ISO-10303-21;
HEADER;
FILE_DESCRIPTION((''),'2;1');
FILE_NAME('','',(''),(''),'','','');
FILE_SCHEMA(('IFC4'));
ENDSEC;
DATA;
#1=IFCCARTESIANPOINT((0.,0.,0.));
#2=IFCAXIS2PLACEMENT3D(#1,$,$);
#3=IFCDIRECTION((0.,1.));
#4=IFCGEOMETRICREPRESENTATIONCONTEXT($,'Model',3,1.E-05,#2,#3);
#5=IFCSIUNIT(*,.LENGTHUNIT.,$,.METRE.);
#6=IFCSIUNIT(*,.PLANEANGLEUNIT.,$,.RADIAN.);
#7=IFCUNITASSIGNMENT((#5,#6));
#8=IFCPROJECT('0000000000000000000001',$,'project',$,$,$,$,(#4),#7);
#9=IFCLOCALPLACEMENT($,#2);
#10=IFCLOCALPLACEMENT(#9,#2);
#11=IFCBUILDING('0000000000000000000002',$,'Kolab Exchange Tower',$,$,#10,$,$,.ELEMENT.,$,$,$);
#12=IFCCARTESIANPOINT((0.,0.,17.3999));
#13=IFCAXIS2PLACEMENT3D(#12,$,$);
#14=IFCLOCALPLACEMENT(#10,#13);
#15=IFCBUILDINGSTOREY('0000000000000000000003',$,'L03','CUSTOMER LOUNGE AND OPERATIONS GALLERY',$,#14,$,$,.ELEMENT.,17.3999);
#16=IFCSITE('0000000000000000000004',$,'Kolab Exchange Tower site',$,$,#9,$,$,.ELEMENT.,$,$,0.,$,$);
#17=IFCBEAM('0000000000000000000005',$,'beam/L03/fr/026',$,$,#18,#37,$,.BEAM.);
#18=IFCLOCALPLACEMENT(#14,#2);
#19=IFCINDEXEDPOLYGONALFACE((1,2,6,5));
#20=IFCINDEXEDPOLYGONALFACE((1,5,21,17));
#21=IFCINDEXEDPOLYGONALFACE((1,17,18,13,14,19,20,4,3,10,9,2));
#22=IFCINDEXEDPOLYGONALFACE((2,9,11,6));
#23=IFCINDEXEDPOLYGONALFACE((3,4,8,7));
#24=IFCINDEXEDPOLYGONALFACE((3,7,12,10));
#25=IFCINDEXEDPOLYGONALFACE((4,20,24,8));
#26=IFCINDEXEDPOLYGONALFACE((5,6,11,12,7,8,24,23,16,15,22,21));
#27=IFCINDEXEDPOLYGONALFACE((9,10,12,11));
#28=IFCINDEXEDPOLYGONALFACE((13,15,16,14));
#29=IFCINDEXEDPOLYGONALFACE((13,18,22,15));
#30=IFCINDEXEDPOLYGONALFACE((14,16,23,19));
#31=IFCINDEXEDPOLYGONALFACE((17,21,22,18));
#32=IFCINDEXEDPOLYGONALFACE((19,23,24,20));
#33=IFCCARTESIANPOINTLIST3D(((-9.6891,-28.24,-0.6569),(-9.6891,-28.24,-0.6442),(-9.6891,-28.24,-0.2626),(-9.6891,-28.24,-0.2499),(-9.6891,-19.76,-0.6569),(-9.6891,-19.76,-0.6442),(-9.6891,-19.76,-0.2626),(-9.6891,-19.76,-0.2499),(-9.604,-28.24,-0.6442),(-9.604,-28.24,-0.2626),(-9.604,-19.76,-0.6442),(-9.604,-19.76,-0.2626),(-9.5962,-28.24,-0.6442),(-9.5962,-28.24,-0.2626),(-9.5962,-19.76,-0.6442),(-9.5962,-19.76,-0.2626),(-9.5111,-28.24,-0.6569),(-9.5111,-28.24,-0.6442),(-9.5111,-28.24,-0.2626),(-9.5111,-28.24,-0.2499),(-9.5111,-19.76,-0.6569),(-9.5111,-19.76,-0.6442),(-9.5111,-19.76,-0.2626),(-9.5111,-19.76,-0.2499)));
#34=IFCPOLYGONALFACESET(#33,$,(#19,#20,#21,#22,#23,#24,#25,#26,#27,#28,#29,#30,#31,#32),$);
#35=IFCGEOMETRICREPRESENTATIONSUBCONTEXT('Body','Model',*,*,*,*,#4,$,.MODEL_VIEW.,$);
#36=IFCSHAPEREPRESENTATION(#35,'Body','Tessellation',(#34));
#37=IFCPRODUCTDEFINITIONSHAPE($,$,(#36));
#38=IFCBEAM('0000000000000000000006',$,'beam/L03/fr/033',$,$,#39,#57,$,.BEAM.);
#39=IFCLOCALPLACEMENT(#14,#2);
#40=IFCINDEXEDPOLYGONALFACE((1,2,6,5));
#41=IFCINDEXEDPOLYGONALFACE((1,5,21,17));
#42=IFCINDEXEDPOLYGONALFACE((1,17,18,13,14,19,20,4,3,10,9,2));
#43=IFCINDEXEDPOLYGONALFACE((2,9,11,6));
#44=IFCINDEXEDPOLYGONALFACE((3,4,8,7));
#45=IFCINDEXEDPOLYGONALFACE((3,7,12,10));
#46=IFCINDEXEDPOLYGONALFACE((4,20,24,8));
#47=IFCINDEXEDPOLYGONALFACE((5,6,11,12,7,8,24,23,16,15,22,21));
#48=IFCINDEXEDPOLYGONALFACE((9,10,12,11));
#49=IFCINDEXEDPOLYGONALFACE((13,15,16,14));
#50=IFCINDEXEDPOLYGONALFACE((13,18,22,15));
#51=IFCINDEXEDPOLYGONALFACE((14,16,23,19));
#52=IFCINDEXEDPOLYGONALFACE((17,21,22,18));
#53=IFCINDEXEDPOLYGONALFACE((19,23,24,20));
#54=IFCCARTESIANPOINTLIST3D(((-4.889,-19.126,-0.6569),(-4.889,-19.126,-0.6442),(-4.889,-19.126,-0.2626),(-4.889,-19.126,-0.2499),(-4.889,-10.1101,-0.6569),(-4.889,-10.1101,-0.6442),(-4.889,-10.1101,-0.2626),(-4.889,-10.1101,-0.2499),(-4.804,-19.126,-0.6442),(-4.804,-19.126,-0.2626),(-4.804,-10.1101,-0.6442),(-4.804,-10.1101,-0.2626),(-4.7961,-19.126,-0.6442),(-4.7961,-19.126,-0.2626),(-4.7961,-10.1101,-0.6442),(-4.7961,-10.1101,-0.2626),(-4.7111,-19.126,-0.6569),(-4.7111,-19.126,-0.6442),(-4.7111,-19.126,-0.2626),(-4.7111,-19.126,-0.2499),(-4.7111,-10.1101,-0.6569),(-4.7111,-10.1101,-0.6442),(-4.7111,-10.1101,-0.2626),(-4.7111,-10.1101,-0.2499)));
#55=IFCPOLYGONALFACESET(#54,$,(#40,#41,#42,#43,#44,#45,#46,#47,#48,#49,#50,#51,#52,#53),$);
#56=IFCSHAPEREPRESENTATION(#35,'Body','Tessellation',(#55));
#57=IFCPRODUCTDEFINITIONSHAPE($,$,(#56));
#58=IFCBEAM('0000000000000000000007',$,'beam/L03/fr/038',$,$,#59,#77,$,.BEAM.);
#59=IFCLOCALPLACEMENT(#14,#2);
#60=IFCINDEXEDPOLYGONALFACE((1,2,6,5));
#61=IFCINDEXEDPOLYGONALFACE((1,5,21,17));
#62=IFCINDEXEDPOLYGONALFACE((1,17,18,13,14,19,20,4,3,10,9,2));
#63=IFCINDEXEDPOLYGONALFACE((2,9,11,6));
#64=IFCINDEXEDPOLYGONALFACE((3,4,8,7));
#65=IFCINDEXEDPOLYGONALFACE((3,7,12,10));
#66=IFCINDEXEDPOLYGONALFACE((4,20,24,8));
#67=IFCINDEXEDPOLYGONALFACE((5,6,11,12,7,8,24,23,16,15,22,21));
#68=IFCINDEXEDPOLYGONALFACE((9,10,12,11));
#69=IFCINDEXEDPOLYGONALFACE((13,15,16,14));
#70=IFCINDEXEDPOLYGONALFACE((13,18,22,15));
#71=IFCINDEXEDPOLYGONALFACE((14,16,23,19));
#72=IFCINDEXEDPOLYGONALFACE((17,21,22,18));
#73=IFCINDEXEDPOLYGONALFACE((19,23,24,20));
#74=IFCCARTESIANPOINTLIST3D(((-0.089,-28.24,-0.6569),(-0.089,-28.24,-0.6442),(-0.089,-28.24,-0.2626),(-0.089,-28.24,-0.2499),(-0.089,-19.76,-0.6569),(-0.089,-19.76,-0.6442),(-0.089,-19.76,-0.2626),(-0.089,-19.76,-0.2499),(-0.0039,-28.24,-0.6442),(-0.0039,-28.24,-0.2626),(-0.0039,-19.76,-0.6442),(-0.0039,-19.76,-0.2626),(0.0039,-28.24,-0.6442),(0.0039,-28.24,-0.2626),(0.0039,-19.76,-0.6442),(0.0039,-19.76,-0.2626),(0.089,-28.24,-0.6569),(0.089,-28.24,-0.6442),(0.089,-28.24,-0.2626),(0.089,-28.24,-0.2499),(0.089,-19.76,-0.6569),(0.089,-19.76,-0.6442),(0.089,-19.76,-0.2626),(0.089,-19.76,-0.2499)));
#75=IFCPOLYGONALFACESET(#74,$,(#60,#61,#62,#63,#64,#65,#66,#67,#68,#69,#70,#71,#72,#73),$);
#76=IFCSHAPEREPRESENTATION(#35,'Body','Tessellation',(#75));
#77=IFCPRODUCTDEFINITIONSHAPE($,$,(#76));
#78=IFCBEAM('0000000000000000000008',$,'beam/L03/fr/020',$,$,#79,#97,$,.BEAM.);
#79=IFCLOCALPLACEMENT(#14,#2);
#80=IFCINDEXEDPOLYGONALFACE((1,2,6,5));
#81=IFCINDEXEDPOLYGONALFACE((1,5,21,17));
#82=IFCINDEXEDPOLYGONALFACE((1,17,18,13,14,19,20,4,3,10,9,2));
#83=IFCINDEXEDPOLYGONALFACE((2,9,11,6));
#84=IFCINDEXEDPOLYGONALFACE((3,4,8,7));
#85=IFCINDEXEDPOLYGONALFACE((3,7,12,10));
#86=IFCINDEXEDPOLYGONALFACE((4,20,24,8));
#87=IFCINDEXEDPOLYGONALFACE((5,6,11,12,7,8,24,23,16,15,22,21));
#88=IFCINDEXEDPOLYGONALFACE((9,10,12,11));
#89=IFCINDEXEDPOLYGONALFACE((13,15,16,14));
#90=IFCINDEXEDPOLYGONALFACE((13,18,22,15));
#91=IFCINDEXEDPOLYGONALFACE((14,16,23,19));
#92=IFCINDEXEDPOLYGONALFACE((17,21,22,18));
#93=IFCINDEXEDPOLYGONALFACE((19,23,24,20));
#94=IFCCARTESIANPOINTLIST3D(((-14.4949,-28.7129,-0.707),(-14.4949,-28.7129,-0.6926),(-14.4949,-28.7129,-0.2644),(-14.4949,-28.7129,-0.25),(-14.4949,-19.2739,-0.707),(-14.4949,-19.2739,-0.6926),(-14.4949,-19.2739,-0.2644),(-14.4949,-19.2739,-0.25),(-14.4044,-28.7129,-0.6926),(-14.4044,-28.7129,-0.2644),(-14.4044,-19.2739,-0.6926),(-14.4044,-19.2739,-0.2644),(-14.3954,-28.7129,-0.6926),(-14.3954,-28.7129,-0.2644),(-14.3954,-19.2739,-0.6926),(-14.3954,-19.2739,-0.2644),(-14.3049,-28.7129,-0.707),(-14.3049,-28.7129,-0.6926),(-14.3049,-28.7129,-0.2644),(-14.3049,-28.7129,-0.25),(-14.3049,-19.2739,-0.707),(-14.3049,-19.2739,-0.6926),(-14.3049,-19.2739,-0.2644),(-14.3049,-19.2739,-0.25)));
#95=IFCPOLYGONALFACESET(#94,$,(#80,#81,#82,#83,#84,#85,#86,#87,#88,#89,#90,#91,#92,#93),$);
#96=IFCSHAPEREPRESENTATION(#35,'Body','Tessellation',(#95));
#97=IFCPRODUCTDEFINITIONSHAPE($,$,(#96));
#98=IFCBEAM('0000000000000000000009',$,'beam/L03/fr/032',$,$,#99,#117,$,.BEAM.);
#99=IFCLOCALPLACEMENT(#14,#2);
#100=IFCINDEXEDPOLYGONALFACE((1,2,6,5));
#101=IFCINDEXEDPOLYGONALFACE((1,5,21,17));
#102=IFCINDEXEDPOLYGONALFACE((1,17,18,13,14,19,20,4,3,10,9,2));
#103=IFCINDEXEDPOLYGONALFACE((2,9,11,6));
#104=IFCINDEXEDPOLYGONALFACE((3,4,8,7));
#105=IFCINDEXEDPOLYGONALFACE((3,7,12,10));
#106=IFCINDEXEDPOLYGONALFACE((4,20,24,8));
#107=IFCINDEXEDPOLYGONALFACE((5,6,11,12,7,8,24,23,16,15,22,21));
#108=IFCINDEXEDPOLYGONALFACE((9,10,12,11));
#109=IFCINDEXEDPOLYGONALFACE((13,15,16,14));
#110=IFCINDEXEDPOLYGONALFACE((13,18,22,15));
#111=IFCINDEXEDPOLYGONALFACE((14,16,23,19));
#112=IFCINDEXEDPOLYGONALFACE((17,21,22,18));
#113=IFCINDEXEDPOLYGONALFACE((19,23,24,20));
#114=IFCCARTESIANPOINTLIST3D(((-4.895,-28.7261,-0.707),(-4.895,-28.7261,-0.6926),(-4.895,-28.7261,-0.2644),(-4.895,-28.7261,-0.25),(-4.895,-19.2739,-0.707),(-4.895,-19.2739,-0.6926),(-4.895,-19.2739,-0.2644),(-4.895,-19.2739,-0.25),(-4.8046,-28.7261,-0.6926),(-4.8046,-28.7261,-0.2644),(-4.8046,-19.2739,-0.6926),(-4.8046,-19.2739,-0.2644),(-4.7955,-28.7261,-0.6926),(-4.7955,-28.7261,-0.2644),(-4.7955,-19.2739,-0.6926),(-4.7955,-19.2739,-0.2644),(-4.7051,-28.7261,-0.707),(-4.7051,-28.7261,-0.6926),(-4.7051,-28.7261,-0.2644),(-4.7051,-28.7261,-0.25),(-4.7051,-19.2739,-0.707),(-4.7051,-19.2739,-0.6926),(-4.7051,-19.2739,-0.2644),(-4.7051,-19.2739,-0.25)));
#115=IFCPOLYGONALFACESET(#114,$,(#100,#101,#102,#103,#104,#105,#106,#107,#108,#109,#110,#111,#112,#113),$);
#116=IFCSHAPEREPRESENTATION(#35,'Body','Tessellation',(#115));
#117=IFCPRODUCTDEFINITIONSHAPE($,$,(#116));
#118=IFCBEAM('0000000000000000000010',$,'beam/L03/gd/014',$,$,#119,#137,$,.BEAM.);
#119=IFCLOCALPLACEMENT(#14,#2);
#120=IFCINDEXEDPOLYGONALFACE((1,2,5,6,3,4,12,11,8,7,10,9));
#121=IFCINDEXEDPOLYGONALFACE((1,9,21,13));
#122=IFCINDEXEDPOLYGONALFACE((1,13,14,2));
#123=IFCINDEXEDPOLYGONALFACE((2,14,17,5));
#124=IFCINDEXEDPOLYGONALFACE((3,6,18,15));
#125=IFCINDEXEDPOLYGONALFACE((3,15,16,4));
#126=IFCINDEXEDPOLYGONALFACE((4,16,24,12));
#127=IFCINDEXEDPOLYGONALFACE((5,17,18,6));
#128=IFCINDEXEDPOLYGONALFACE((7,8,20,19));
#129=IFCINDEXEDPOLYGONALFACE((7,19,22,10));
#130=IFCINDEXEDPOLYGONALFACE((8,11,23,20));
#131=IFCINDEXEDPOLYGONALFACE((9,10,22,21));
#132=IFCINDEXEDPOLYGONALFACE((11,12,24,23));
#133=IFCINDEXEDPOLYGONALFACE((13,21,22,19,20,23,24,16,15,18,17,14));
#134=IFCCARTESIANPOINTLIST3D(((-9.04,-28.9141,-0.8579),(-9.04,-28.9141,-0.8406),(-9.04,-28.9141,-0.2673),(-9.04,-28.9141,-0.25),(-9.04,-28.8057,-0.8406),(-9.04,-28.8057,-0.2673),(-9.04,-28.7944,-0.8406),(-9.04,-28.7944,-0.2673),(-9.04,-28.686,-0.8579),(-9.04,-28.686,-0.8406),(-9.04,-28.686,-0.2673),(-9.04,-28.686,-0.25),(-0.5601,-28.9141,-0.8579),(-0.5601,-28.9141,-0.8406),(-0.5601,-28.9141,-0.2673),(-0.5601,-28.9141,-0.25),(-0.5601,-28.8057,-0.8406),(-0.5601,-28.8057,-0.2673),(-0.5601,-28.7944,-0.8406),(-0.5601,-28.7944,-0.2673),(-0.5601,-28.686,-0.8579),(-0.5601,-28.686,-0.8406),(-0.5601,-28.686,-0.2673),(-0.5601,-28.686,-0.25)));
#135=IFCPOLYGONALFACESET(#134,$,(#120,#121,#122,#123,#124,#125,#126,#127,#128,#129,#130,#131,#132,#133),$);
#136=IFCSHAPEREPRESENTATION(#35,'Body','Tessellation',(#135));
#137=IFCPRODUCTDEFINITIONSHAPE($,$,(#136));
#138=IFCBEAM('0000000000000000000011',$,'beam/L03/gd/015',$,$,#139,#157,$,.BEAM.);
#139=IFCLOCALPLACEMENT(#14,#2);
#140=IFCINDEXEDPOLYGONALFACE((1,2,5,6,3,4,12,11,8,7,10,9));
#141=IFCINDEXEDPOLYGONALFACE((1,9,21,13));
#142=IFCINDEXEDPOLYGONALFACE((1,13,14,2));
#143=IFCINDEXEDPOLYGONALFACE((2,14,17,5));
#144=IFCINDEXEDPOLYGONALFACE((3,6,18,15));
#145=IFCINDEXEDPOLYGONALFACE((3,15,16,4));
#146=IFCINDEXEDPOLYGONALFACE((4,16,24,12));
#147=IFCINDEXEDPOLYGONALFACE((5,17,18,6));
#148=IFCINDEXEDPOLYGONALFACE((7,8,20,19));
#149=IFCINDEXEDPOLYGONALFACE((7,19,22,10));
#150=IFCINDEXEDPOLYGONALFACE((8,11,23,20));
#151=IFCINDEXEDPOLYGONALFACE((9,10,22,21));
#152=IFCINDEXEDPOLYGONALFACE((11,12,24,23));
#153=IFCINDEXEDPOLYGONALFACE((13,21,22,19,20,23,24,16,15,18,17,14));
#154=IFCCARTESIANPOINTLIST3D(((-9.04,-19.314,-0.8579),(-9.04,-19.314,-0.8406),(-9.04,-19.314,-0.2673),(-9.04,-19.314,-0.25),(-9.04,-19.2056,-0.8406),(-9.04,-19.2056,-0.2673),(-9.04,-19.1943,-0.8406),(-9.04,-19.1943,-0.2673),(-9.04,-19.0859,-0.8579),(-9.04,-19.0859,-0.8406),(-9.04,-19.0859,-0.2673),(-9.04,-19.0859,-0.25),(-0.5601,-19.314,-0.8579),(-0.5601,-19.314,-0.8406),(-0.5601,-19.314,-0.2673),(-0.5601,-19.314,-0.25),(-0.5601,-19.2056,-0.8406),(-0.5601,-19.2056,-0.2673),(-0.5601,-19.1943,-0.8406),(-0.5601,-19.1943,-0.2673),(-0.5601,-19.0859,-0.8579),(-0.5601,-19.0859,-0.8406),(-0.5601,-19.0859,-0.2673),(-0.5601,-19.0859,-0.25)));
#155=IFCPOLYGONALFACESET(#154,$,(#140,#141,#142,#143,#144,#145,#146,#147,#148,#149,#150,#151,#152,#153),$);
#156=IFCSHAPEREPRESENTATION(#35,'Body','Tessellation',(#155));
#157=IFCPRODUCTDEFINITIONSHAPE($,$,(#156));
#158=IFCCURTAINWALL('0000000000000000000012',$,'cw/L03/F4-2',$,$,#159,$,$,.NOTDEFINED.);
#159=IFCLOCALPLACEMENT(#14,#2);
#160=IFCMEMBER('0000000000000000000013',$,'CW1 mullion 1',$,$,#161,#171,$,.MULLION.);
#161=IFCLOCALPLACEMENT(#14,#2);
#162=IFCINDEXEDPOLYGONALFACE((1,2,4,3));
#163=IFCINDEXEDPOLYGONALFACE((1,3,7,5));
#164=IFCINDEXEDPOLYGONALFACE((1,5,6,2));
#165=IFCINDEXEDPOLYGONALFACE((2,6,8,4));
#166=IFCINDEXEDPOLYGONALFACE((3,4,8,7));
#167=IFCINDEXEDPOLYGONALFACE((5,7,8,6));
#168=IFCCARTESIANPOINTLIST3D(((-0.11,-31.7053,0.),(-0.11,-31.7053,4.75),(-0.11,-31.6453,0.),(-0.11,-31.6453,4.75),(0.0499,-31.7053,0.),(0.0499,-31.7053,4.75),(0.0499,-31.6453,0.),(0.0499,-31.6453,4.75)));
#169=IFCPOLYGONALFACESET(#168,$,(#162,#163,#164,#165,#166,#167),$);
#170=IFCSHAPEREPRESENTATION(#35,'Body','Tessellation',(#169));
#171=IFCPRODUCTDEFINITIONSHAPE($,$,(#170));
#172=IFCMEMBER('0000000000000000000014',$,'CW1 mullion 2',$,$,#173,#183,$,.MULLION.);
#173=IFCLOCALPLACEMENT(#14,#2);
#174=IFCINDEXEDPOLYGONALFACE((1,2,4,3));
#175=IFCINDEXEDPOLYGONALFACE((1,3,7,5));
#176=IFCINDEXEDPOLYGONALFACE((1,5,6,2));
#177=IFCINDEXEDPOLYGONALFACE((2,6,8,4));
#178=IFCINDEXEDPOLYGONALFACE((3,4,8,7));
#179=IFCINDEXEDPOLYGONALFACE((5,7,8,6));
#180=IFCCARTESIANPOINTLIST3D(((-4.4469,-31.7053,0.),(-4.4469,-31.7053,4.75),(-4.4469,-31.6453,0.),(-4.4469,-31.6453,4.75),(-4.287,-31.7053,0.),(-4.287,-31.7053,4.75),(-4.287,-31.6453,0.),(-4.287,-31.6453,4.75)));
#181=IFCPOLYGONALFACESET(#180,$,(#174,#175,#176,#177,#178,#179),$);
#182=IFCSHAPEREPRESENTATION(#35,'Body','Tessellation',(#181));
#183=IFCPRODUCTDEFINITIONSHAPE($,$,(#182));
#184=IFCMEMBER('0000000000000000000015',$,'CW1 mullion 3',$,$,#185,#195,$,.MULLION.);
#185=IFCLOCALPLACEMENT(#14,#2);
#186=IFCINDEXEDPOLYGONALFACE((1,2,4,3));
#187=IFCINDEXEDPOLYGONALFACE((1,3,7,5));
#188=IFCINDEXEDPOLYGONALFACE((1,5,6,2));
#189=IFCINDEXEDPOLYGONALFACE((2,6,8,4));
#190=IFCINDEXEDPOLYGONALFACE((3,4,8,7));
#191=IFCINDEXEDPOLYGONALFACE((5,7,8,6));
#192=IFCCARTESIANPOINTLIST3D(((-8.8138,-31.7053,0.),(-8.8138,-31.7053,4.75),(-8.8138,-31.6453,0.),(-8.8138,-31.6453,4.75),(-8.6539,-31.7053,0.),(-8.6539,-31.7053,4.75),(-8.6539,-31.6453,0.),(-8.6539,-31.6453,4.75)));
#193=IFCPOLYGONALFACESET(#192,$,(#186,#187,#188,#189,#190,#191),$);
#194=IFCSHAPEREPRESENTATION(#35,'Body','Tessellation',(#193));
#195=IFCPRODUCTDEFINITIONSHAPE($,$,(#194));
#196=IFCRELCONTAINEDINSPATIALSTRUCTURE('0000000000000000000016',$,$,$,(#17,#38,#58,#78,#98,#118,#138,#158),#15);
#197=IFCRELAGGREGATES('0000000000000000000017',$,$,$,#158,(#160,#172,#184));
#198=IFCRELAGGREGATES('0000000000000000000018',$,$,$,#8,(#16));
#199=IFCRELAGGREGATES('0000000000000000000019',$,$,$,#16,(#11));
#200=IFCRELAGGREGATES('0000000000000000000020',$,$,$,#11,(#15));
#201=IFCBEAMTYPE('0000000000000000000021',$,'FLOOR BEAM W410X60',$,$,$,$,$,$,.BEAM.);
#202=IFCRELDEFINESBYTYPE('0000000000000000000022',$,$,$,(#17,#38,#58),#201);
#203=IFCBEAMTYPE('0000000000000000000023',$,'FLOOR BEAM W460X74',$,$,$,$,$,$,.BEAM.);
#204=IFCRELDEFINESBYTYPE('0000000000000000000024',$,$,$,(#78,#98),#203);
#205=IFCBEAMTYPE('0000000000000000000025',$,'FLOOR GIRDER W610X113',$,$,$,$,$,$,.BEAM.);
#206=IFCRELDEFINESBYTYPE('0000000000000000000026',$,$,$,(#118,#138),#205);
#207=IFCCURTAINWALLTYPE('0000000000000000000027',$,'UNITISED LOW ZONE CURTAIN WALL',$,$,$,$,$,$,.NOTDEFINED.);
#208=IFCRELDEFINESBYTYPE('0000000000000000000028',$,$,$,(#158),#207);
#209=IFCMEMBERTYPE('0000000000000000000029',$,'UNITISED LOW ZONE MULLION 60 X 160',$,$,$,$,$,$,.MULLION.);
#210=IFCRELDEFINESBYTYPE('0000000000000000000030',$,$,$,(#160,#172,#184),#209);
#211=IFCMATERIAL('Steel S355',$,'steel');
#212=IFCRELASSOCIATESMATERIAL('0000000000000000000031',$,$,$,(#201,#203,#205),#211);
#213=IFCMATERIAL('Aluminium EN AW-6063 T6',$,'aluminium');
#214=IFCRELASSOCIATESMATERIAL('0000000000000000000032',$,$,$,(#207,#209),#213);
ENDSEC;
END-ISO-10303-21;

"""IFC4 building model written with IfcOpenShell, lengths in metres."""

from ifc_helpers import new_model, si_unit, direction, frame, origin, origin_2d, place, context, subcontext, project, spatial, rectangle, i_section, extrude, material, material_profile, profile_set, type_object, element, aggregate, save


model = new_model("IFC4")

# Units and contexts
model_context = context("Model", 3, precision=1e-05, world=origin(), true_north=direction((0.0, 1.0)))
body_context = subcontext(model_context, "Body", "Model", "MODEL_VIEW")
ifc_project = project(units=[si_unit("LENGTHUNIT", "METRE"), si_unit("PLANEANGLEUNIT", "RADIAN")], contexts=[model_context])

# Site, building, storey
site_placement = place(None, origin())
site = spatial("IfcSite", under=ifc_project, at=site_placement, Name="Kolab Exchange Tower site", CompositionType="ELEMENT", RefElevation=0.0)
building_placement = place(site_placement, origin())
building = spatial("IfcBuilding", under=site, at=building_placement, Name="Kolab Exchange Tower", CompositionType="ELEMENT")
storey_placement = place(building_placement, frame((0.0, 0.0, 17.3999)))
storey = spatial("IfcBuildingStorey", under=building, at=storey_placement, Name="L03", Description="CUSTOMER LOUNGE AND OPERATIONS GALLERY", CompositionType="ELEMENT", Elevation=17.3999)

# Beams
ifc_material_1 = material(Name="Steel S355", Category="steel")
ifc_material_profile_1 = material_profile(ifc_material_1, i_section(OverallWidth=0.178, OverallDepth=0.407, WebThickness=0.0078, FlangeThickness=0.0127, at=origin_2d()), Name="W410X60")
ifc_profile_set_1 = profile_set([ifc_material_profile_1], Name="Steel S355")
beam_type_1 = type_object("IfcBeamType", Name="FLOOR BEAM W410X60", PredefinedType="BEAM", material=ifc_profile_set_1)
beam_1_placement = place(storey_placement, frame((-9.6001, -28.24, -0.4534), z_axis=(0.0, 1.0, 0.0), x_axis=(-1.0, 0.0, 0.0)))
element("IfcBeam", 1, at=beam_1_placement, inside=storey, type_object=beam_type_1, Name="beam/L03/fr/026", PredefinedType="BEAM", context=body_context, shape_type="SweptSolid", body=[
    extrude(i_section(OverallWidth=0.178, OverallDepth=0.407, WebThickness=0.0078, FlangeThickness=0.0127, at=origin_2d()), origin(), (0.0, 0.0, 1.0), 8.48),
])
beam_2_placement = place(storey_placement, frame((-4.8, -19.126, -0.4534), z_axis=(0.0, 1.0, 0.0), x_axis=(-1.0, 0.0, 0.0)))
element("IfcBeam", 2, at=beam_2_placement, inside=storey, type_object=beam_type_1, Name="beam/L03/fr/033", PredefinedType="BEAM", context=body_context, shape_type="SweptSolid", body=[
    extrude(i_section(OverallWidth=0.178, OverallDepth=0.407, WebThickness=0.0078, FlangeThickness=0.0127, at=origin_2d()), origin(), (0.0, 0.0, 1.0), 9.0159),
])
beam_3_placement = place(storey_placement, frame((0.0, -28.24, -0.4534), z_axis=(0.0, 1.0, 0.0), x_axis=(-1.0, 0.0, 0.0)))
element("IfcBeam", 3, at=beam_3_placement, inside=storey, type_object=beam_type_1, Name="beam/L03/fr/038", PredefinedType="BEAM", context=body_context, shape_type="SweptSolid", body=[
    extrude(i_section(OverallWidth=0.178, OverallDepth=0.407, WebThickness=0.0078, FlangeThickness=0.0127, at=origin_2d()), origin(), (0.0, 0.0, 1.0), 8.48),
])
ifc_material_profile_2 = material_profile(ifc_material_1, i_section(OverallWidth=0.1899, OverallDepth=0.457, WebThickness=0.009, FlangeThickness=0.0144, at=origin_2d()), Name="W460X74")
ifc_profile_set_2 = profile_set([ifc_material_profile_2], Name="Steel S355")
beam_type_2 = type_object("IfcBeamType", Name="FLOOR BEAM W460X74", PredefinedType="BEAM", material=ifc_profile_set_2)
beam_4_placement = place(storey_placement, frame((-14.3999, -28.7129, -0.4785), z_axis=(0.0, 1.0, 0.0), x_axis=(-1.0, 0.0, 0.0)))
element("IfcBeam", 4, at=beam_4_placement, inside=storey, type_object=beam_type_2, Name="beam/L03/fr/020", PredefinedType="BEAM", context=body_context, shape_type="SweptSolid", body=[
    extrude(i_section(OverallWidth=0.1899, OverallDepth=0.457, WebThickness=0.009, FlangeThickness=0.0144, at=origin_2d()), origin(), (0.0, 0.0, 1.0), 9.439),
])
beam_5_placement = place(storey_placement, frame((-4.8, -28.7261, -0.4785), z_axis=(0.0, 1.0, 0.0), x_axis=(-1.0, 0.0, 0.0)))
element("IfcBeam", 5, at=beam_5_placement, inside=storey, type_object=beam_type_2, Name="beam/L03/fr/032", PredefinedType="BEAM", context=body_context, shape_type="SweptSolid", body=[
    extrude(i_section(OverallWidth=0.1899, OverallDepth=0.457, WebThickness=0.009, FlangeThickness=0.0144, at=origin_2d()), origin(), (0.0, 0.0, 1.0), 9.4521),
])
ifc_material_profile_3 = material_profile(ifc_material_1, i_section(OverallWidth=0.228, OverallDepth=0.6079, WebThickness=0.0112, FlangeThickness=0.0173, at=origin_2d()), Name="W610X113")
ifc_profile_set_3 = profile_set([ifc_material_profile_3], Name="Steel S355")
beam_type_3 = type_object("IfcBeamType", Name="FLOOR GIRDER W610X113", PredefinedType="BEAM", material=ifc_profile_set_3)
for number, where, z_axis, x_axis, name in (
    (6, (-9.04, -28.8, -0.554), (1.0, 0.0, 0.0), (0.0, 1.0, 0.0), "beam/L03/gd/014"),
    (7, (-9.04, -19.2, -0.554), (1.0, 0.0, 0.0), (0.0, 1.0, 0.0), "beam/L03/gd/015"),
):
    element("IfcBeam", number, at=place(storey_placement, frame(where, z_axis=z_axis, x_axis=x_axis)), inside=storey, type_object=beam_type_3, Name=name, PredefinedType="BEAM", context=body_context, shape_type="SweptSolid", body=[
        extrude(i_section(OverallWidth=0.228, OverallDepth=0.6079, WebThickness=0.0112, FlangeThickness=0.0173, at=origin_2d()), origin(), (0.0, 0.0, 1.0), 8.48),
    ])

# Curtain wall, members
ifc_material_2 = material(Name="Aluminium EN AW-6063 T6", Category="aluminium")
curtain_wall_type = type_object("IfcCurtainWallType", Name="UNITISED LOW ZONE CURTAIN WALL", PredefinedType="NOTDEFINED", material=ifc_material_2)
curtain_wall_placement = place(storey_placement, origin())
curtain_wall = element("IfcCurtainWall", 8, at=curtain_wall_placement, inside=storey, type_object=curtain_wall_type, Name="cw/L03/F4-2", PredefinedType="NOTDEFINED")
ifc_material_profile_4 = material_profile(ifc_material_2, rectangle(XDim=0.0601, YDim=0.1599, at=origin_2d()), Name="RECT 60X160")
ifc_profile_set_4 = profile_set([ifc_material_profile_4], Name="Aluminium EN AW-6063 T6")
member_type_1 = type_object("IfcMemberType", Name="UNITISED LOW ZONE MULLION 60 X 160", PredefinedType="MULLION", material=ifc_profile_set_4)
member_1_placement = place(storey_placement, frame((-0.03, -31.6753, 0.0), z_axis=(0.0, 0.0, 1.0), x_axis=(0.0, -1.0, 0.0)))
member_1 = element("IfcMember", 9, at=member_1_placement, type_object=member_type_1, Name="CW1 mullion 1", PredefinedType="MULLION", context=body_context, shape_type="SweptSolid", body=[
    extrude(rectangle(XDim=0.0601, YDim=0.1599, at=origin_2d()), origin(), (0.0, 0.0, 1.0), 4.75),
])
member_2_placement = place(storey_placement, frame((-4.3669, -31.6753, 0.0), z_axis=(0.0, 0.0, 1.0), x_axis=(0.0, -1.0, 0.0)))
member_2 = element("IfcMember", 10, at=member_2_placement, type_object=member_type_1, Name="CW1 mullion 2", PredefinedType="MULLION", context=body_context, shape_type="SweptSolid", body=[
    extrude(rectangle(XDim=0.0601, YDim=0.1599, at=origin_2d()), origin(), (0.0, 0.0, 1.0), 4.75),
])
member_3_placement = place(storey_placement, frame((-8.7339, -31.6753, 0.0), z_axis=(0.0, 0.0, 1.0), x_axis=(0.0, -1.0, 0.0)))
member_3 = element("IfcMember", 11, at=member_3_placement, type_object=member_type_1, Name="CW1 mullion 3", PredefinedType="MULLION", context=body_context, shape_type="SweptSolid", body=[
    extrude(rectangle(XDim=0.0601, YDim=0.1599, at=origin_2d()), origin(), (0.0, 0.0, 1.0), 4.75),
])
aggregate(curtain_wall, [member_1, member_2, member_3])

save(model, "model.ifc")
